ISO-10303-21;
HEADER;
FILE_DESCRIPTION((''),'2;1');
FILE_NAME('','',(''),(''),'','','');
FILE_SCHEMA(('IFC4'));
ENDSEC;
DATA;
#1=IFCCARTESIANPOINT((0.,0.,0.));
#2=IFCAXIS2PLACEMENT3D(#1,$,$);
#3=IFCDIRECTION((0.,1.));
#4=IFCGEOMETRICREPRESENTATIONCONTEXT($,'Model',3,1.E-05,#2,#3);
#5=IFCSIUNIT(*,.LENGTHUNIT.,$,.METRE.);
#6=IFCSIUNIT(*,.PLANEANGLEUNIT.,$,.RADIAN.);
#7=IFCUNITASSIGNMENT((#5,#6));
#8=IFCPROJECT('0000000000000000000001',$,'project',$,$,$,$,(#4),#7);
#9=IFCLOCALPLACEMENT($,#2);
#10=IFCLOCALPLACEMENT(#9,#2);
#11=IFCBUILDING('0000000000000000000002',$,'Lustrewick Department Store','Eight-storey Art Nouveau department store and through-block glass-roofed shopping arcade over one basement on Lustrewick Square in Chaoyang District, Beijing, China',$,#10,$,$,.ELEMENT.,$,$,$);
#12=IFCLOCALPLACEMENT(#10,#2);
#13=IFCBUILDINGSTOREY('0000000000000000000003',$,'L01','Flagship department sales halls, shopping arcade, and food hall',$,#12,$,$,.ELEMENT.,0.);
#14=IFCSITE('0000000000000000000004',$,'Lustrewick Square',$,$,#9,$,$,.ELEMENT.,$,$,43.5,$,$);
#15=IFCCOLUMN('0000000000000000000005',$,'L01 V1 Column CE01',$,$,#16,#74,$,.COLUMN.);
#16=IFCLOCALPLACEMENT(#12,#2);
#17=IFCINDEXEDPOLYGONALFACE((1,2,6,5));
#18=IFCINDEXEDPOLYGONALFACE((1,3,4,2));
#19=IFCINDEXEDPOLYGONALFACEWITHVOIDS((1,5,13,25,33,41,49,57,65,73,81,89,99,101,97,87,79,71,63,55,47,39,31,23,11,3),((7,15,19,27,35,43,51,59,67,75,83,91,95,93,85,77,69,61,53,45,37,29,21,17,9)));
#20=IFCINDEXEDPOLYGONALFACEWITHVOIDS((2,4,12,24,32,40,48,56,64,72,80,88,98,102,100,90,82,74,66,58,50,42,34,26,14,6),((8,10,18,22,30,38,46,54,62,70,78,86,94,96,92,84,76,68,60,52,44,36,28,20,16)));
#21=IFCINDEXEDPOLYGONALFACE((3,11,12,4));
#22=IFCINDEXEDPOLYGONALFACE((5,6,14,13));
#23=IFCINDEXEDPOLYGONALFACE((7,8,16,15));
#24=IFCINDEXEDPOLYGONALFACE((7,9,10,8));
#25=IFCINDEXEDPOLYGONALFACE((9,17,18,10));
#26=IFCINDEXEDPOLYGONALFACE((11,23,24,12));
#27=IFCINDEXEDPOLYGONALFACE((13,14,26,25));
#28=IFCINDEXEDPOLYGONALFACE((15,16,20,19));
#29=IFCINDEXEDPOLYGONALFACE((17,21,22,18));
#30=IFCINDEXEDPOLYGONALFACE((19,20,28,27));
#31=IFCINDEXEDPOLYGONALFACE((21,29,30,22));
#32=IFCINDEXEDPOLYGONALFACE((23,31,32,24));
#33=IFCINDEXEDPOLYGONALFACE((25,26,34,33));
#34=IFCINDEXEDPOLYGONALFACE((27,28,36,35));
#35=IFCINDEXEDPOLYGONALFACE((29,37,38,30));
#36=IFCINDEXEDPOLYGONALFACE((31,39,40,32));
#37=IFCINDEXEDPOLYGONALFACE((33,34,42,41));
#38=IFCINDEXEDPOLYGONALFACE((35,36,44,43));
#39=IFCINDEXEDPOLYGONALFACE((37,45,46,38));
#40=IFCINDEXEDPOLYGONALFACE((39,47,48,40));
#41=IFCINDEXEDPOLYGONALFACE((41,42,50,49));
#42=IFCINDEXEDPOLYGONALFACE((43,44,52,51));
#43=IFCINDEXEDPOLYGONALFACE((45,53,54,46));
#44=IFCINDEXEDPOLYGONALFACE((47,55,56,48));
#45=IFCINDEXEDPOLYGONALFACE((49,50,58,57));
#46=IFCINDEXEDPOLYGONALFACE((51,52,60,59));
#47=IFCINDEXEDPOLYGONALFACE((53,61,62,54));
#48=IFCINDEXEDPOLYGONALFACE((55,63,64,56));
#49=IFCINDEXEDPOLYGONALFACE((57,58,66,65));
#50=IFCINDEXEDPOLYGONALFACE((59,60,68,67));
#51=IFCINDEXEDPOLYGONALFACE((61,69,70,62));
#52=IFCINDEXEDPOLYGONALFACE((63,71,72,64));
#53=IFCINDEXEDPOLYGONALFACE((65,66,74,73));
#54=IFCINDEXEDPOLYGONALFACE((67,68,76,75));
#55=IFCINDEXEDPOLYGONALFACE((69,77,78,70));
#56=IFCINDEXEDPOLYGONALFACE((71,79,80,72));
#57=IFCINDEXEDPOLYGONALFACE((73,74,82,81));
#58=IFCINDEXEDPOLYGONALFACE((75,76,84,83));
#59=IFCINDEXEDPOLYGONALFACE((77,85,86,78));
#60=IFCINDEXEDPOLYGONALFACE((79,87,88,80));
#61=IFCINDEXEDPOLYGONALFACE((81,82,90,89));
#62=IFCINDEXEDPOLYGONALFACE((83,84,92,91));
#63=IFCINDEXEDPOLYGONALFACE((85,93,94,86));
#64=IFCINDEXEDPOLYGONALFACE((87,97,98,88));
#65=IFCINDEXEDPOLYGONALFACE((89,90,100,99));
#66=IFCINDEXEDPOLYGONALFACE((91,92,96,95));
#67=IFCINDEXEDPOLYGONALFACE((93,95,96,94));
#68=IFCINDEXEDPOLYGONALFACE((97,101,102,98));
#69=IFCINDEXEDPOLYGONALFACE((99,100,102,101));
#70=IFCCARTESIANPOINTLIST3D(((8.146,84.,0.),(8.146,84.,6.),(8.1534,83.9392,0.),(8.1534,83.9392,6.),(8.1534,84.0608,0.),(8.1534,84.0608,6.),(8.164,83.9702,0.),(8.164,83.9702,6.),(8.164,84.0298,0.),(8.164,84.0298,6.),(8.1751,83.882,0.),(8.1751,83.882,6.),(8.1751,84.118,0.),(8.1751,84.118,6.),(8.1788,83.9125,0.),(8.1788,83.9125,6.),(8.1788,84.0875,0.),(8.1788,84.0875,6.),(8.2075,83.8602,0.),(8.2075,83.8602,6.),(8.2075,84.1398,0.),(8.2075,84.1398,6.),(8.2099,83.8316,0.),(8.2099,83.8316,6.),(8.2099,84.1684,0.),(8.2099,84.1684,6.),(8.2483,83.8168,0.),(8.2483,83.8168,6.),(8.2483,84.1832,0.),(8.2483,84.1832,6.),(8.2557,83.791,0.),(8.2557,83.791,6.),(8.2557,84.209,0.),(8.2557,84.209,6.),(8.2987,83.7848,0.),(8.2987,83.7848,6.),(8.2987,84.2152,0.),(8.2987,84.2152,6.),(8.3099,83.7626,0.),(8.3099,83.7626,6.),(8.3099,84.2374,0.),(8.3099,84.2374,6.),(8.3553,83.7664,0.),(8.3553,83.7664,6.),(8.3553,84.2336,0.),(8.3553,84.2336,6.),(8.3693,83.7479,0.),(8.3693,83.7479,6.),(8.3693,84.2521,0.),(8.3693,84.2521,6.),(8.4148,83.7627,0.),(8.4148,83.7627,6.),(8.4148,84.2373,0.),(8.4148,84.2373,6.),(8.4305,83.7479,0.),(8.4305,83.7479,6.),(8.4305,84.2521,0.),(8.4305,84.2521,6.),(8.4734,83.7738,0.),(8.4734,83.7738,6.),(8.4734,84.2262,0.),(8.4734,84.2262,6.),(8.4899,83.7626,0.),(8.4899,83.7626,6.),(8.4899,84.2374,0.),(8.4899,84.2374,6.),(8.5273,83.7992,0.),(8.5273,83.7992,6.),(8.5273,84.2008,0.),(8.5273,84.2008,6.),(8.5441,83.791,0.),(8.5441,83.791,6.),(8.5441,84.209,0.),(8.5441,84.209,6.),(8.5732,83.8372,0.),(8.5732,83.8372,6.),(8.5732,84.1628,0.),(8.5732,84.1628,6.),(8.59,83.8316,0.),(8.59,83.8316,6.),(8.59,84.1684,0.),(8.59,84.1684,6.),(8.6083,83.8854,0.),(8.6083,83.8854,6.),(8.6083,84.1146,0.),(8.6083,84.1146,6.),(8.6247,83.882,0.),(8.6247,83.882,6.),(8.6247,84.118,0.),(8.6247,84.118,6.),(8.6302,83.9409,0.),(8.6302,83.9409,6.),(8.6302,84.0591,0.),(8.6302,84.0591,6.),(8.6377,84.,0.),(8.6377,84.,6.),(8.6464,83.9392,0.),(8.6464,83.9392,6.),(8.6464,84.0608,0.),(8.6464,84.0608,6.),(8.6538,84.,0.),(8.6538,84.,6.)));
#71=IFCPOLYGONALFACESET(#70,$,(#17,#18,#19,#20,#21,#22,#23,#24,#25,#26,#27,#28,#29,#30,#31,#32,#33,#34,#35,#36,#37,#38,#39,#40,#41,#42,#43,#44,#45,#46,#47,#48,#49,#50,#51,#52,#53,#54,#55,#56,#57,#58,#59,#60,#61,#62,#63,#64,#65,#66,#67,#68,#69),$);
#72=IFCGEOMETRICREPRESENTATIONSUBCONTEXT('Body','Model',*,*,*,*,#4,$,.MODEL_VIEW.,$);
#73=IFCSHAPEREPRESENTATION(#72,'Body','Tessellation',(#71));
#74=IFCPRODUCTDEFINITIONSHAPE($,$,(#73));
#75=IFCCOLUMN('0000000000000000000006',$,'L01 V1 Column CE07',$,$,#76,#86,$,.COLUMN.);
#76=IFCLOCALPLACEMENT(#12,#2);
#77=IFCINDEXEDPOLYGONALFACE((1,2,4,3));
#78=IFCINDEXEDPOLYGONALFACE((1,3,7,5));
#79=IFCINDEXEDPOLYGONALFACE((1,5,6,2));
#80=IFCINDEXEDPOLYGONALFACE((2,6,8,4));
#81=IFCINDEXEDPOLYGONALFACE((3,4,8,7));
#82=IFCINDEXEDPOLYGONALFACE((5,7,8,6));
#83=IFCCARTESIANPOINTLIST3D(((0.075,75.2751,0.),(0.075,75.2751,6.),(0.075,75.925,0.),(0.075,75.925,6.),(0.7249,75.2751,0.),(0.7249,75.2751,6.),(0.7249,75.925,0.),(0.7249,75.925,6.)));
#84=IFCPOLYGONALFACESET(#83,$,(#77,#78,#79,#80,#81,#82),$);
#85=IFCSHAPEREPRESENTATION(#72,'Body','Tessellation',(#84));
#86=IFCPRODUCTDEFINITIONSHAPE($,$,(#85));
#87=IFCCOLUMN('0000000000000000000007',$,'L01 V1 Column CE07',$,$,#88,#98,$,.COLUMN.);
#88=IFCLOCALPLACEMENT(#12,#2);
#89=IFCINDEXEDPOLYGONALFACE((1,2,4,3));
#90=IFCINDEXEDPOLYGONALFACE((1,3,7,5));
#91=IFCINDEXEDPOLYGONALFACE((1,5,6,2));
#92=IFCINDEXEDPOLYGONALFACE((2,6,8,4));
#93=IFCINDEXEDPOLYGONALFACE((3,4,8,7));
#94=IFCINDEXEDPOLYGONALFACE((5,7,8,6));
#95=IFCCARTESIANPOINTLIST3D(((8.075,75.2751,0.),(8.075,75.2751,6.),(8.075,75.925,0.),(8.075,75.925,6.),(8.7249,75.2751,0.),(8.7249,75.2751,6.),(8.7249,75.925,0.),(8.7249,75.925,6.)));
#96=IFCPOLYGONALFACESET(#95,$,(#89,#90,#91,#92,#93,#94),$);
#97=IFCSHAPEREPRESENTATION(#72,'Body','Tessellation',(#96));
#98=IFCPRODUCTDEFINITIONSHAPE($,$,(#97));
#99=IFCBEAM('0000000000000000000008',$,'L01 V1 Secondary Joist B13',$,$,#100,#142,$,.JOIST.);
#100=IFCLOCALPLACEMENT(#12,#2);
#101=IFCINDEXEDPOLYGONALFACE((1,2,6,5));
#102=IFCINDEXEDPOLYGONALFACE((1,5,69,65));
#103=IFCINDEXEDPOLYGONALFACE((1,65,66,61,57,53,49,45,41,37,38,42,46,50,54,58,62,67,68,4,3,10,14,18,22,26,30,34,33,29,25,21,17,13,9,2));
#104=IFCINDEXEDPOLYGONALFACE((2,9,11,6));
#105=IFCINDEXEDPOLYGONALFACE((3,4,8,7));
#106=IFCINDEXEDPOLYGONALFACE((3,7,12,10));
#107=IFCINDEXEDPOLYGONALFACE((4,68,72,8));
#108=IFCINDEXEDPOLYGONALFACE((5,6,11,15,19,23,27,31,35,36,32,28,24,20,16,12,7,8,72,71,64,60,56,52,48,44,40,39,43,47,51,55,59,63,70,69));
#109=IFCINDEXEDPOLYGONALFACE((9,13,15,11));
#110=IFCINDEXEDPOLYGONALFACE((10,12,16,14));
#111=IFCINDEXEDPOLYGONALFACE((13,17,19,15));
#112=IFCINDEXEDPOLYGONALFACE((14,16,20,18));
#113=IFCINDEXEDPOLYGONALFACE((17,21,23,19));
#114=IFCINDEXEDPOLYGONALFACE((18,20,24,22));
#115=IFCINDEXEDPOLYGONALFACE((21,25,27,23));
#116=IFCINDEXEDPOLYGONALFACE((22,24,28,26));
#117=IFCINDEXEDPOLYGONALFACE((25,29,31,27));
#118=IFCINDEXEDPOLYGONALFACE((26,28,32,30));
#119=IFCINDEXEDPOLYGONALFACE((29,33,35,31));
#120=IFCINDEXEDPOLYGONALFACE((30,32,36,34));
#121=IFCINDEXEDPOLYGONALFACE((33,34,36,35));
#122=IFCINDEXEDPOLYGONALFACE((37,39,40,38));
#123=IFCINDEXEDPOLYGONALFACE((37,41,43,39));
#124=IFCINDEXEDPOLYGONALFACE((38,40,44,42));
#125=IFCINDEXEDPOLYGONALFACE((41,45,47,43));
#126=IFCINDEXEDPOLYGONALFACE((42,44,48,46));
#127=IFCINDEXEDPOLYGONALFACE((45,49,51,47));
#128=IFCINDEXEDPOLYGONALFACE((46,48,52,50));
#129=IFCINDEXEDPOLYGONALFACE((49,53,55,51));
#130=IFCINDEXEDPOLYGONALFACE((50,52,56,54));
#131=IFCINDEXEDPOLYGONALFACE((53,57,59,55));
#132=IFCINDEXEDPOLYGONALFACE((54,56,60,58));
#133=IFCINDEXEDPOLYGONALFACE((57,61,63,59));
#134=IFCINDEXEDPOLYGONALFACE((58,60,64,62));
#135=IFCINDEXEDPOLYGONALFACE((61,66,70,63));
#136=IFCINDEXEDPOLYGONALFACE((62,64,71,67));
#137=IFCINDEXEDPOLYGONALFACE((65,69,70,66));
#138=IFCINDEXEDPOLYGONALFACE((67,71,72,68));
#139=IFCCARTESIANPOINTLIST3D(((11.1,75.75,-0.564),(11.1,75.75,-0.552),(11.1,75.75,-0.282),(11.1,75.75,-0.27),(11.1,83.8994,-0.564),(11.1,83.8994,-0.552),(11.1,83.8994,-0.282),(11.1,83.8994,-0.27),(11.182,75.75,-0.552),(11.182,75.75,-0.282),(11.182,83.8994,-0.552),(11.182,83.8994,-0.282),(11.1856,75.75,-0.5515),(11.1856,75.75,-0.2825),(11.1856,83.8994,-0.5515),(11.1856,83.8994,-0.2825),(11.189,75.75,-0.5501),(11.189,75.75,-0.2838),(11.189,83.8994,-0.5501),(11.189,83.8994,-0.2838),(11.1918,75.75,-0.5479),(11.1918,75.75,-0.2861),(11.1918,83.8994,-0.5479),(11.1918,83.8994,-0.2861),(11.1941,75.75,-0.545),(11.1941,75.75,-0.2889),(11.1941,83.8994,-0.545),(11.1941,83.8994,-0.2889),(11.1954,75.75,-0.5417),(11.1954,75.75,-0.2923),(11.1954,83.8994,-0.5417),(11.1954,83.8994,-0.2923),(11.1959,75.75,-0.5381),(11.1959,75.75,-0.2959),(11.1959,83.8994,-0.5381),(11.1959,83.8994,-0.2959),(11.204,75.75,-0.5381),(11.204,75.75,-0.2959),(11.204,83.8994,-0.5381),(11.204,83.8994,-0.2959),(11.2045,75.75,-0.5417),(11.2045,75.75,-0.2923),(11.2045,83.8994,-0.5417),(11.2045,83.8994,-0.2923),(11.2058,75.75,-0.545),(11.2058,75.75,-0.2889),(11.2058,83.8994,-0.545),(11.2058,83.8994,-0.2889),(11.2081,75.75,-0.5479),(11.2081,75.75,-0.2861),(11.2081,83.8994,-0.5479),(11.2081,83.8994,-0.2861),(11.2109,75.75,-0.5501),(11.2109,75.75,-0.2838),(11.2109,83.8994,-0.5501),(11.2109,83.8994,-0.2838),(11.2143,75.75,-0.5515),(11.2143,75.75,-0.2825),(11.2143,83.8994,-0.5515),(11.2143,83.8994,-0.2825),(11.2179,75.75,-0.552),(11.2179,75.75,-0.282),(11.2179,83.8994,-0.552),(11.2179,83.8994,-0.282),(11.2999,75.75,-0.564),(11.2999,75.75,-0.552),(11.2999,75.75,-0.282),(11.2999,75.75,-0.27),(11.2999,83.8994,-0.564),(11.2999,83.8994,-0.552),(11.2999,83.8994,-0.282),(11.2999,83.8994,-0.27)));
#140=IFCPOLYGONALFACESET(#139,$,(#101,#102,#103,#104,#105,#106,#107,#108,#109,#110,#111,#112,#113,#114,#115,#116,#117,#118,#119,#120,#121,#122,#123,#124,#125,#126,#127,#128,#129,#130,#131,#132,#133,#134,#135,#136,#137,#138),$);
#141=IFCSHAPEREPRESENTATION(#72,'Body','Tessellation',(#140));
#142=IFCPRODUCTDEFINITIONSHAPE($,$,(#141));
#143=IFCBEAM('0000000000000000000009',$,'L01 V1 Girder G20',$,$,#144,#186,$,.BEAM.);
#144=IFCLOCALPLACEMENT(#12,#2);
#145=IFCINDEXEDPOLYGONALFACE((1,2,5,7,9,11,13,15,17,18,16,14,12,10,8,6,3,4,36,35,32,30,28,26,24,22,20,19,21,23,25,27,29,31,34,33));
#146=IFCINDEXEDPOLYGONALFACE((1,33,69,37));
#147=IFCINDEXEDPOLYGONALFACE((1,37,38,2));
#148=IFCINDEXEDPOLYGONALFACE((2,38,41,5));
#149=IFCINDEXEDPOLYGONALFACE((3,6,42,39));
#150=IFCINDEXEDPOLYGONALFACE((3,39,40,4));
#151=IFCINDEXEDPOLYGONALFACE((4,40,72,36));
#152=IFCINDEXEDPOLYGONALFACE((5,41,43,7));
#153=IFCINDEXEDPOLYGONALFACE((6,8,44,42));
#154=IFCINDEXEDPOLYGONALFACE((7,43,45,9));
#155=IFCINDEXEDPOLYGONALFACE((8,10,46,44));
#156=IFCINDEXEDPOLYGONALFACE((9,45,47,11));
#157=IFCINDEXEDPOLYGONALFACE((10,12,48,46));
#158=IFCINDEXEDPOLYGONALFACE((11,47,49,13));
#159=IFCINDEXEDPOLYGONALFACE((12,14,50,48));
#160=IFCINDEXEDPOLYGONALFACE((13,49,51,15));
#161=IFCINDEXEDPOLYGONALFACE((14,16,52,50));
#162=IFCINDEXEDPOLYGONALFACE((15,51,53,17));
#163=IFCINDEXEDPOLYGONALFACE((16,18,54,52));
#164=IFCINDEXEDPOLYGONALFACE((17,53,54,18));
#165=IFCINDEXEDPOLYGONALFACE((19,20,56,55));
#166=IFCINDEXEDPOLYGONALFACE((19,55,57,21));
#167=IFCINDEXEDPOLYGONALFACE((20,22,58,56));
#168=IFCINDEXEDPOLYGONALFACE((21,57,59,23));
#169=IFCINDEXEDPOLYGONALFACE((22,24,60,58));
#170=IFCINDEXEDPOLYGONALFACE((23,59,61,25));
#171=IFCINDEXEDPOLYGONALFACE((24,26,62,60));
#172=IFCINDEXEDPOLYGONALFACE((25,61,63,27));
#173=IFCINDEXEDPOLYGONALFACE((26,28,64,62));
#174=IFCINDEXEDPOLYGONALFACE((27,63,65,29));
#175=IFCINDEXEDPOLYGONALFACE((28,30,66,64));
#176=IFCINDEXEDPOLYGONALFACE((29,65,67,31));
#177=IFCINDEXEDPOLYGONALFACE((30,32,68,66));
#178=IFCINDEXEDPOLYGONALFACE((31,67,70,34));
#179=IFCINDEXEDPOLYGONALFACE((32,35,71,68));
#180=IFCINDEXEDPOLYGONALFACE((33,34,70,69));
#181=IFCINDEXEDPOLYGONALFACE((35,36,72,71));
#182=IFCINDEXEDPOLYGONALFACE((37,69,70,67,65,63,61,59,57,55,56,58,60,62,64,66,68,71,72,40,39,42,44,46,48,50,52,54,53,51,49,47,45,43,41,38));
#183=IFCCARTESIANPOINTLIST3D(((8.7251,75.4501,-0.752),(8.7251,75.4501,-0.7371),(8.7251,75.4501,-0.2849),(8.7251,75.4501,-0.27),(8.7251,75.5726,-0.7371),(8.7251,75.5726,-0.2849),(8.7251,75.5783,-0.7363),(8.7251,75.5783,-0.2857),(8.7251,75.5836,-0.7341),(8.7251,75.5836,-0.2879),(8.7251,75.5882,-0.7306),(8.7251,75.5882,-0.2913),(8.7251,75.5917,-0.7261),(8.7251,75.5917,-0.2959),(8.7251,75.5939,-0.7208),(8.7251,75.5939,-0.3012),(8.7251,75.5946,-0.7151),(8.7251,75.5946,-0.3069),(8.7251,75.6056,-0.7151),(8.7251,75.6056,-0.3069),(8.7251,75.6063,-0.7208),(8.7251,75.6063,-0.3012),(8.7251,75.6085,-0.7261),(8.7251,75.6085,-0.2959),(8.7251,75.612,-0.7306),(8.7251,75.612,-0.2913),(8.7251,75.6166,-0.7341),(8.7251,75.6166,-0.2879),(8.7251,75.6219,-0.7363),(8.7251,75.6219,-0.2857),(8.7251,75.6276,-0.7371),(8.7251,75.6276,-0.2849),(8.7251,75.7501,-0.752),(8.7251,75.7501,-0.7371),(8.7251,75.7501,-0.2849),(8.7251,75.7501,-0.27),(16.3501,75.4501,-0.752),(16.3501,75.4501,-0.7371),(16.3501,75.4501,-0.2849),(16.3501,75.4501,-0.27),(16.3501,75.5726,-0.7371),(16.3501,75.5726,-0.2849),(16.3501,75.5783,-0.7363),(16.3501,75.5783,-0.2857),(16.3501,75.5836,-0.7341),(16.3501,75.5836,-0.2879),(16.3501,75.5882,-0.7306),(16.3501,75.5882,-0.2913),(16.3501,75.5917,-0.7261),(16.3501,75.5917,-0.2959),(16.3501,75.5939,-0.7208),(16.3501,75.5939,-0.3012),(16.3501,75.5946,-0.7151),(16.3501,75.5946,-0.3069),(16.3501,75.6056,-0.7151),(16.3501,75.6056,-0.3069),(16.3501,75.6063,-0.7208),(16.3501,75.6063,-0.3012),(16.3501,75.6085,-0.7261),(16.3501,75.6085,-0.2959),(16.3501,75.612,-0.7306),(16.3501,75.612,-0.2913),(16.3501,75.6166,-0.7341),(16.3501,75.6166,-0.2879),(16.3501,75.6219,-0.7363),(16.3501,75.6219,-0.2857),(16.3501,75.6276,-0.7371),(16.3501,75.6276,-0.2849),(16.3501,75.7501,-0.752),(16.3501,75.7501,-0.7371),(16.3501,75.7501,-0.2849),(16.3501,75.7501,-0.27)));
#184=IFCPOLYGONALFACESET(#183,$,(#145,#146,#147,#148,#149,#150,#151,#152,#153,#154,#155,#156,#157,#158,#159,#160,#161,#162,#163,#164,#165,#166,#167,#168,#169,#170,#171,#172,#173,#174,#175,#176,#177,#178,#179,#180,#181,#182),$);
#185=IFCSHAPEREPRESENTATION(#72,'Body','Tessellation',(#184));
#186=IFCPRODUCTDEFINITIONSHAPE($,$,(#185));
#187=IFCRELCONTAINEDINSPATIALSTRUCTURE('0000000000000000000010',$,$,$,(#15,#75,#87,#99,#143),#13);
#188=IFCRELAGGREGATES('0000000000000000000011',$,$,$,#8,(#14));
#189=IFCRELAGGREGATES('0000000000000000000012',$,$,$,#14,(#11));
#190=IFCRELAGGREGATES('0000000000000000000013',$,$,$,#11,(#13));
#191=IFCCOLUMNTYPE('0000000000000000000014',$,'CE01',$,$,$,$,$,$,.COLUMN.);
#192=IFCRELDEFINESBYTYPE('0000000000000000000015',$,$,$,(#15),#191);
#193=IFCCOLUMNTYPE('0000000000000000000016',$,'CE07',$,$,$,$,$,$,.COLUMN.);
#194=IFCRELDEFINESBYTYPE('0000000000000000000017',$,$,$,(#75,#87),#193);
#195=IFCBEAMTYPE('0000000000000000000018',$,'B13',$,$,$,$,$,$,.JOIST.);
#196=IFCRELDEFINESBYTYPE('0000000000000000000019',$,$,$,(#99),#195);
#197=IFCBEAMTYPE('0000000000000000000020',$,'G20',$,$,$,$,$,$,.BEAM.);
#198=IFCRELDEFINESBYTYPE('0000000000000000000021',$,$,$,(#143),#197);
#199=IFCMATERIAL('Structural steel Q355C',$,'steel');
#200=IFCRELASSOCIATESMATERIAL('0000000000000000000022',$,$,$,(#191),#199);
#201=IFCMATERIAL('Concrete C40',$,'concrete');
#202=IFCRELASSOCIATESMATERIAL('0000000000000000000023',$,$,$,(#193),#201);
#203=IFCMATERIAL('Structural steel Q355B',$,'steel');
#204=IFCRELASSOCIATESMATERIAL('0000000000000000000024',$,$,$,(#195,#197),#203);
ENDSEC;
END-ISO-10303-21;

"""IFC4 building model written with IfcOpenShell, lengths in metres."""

from ifc_helpers import new_model, si_unit, direction, frame, origin, origin_2d, place, context, subcontext, project, spatial, rectangle, hollow_circle, i_section, extrude, material, material_profile, profile_set, type_object, element, save


model = new_model("IFC4")

# Units and contexts
model_context = context("Model", 3, precision=1e-05, world=origin(), true_north=direction((0.0, 1.0)))
body_context = subcontext(model_context, "Body", "Model", "MODEL_VIEW")
ifc_project = project(units=[si_unit("LENGTHUNIT", "METRE"), si_unit("PLANEANGLEUNIT", "RADIAN")], contexts=[model_context])

# Site, building, storey
site_placement = place(None, origin())
site = spatial("IfcSite", under=ifc_project, at=site_placement, Name="Lustrewick Square", CompositionType="ELEMENT", RefElevation=43.5)
building_placement = place(site_placement, origin())
building = spatial("IfcBuilding", under=site, at=building_placement, Name="Lustrewick Department Store", Description="Eight-storey Art Nouveau department store and through-block glass-roofed shopping arcade over one basement on Lustrewick Square in Chaoyang District, Beijing, China", CompositionType="ELEMENT")
storey_placement = place(building_placement, origin())
storey = spatial("IfcBuildingStorey", under=building, at=storey_placement, Name="L01", Description="Flagship department sales halls, shopping arcade, and food hall", CompositionType="ELEMENT", Elevation=0.0)

# Columns
ifc_material_1 = material(Name="Structural steel Q355C", Category="steel")
ifc_material_profile_1 = material_profile(ifc_material_1, hollow_circle(Radius=0.2539, WallThickness=0.0161, at=origin_2d()), Name="CHS 508x16")
ifc_profile_set_1 = profile_set([ifc_material_profile_1], Name="Structural steel Q355C")
column_type_1 = type_object("IfcColumnType", Name="CE01", PredefinedType="COLUMN", material=ifc_profile_set_1)
column_placement = place(storey_placement, frame((8.3999, 84.0, 0.0), z_axis=(0.0, 0.0, 1.0), x_axis=(1.0, 0.0, 0.0)))
element("IfcColumn", 1, at=column_placement, inside=storey, type_object=column_type_1, Name="L01 V1 Column CE01", PredefinedType="COLUMN", context=body_context, shape_type="SweptSolid", body=[
    extrude(hollow_circle(Radius=0.2539, WallThickness=0.0161, at=origin_2d()), origin(), (0.0, 0.0, 1.0), 6.0),
])
ifc_material_2 = material(Name="Concrete C40", Category="concrete")
ifc_material_profile_2 = material_profile(ifc_material_2, rectangle(XDim=0.6499, YDim=0.6499, at=origin_2d()), Name="RC 650x650")
ifc_profile_set_2 = profile_set([ifc_material_profile_2], Name="Concrete C40")
column_type_2 = type_object("IfcColumnType", Name="CE07", PredefinedType="COLUMN", material=ifc_profile_set_2)
for number, where, z_axis, x_axis, name in (
    (2, (0.3999, 75.6001, 0.0), (0.0, 0.0, 1.0), (1.0, 0.0, 0.0), "L01 V1 Column CE07"),
    (3, (8.3999, 75.6001, 0.0), (0.0, 0.0, 1.0), (1.0, 0.0, 0.0), "L01 V1 Column CE07"),
):
    element("IfcColumn", number, at=place(storey_placement, frame(where, z_axis=z_axis, x_axis=x_axis)), inside=storey, type_object=column_type_2, Name=name, PredefinedType="COLUMN", context=body_context, shape_type="SweptSolid", body=[
        extrude(rectangle(XDim=0.6499, YDim=0.6499, at=origin_2d()), origin(), (0.0, 0.0, 1.0), 6.0),
    ])

# Beams
ifc_material_3 = material(Name="Structural steel Q355B", Category="steel")
ifc_material_profile_3 = material_profile(ifc_material_3, i_section(OverallWidth=0.2, OverallDepth=0.2939, WebThickness=0.0081, FlangeThickness=0.012, FilletRadius=0.0139, at=origin_2d()), Name="HM 294x200x8x12")
ifc_profile_set_3 = profile_set([ifc_material_profile_3], Name="Structural steel Q355B")
beam_type_1 = type_object("IfcBeamType", Name="B13", PredefinedType="JOIST", material=ifc_profile_set_3)
beam_1_placement = place(storey_placement, frame((11.2, 75.75, -0.417), z_axis=(0.0, 1.0, 0.0), x_axis=(-1.0, 0.0, 0.0)))
element("IfcBeam", 4, at=beam_1_placement, inside=storey, type_object=beam_type_1, Name="L01 V1 Secondary Joist B13", PredefinedType="JOIST", context=body_context, shape_type="SweptSolid", body=[
    extrude(i_section(OverallWidth=0.2, OverallDepth=0.2939, WebThickness=0.0081, FlangeThickness=0.012, FilletRadius=0.0139, at=origin_2d()), origin(), (0.0, 0.0, 1.0), 8.1494),
])
ifc_material_profile_4 = material_profile(ifc_material_3, i_section(OverallWidth=0.3, OverallDepth=0.4819, WebThickness=0.011, FlangeThickness=0.0149, FilletRadius=0.022, at=origin_2d()), Name="HM 482x300x11x15")
ifc_profile_set_4 = profile_set([ifc_material_profile_4], Name="Structural steel Q355B")
beam_type_2 = type_object("IfcBeamType", Name="G20", PredefinedType="BEAM", material=ifc_profile_set_4)
beam_2_placement = place(storey_placement, frame((8.7251, 75.6001, -0.511), z_axis=(1.0, 0.0, 0.0), x_axis=(0.0, 1.0, 0.0)))
element("IfcBeam", 5, at=beam_2_placement, inside=storey, type_object=beam_type_2, Name="L01 V1 Girder G20", PredefinedType="BEAM", context=body_context, shape_type="SweptSolid", body=[
    extrude(i_section(OverallWidth=0.3, OverallDepth=0.4819, WebThickness=0.011, FlangeThickness=0.0149, FilletRadius=0.022, at=origin_2d()), origin(), (0.0, 0.0, 1.0), 7.625),
])

save(model, "model.ifc")
